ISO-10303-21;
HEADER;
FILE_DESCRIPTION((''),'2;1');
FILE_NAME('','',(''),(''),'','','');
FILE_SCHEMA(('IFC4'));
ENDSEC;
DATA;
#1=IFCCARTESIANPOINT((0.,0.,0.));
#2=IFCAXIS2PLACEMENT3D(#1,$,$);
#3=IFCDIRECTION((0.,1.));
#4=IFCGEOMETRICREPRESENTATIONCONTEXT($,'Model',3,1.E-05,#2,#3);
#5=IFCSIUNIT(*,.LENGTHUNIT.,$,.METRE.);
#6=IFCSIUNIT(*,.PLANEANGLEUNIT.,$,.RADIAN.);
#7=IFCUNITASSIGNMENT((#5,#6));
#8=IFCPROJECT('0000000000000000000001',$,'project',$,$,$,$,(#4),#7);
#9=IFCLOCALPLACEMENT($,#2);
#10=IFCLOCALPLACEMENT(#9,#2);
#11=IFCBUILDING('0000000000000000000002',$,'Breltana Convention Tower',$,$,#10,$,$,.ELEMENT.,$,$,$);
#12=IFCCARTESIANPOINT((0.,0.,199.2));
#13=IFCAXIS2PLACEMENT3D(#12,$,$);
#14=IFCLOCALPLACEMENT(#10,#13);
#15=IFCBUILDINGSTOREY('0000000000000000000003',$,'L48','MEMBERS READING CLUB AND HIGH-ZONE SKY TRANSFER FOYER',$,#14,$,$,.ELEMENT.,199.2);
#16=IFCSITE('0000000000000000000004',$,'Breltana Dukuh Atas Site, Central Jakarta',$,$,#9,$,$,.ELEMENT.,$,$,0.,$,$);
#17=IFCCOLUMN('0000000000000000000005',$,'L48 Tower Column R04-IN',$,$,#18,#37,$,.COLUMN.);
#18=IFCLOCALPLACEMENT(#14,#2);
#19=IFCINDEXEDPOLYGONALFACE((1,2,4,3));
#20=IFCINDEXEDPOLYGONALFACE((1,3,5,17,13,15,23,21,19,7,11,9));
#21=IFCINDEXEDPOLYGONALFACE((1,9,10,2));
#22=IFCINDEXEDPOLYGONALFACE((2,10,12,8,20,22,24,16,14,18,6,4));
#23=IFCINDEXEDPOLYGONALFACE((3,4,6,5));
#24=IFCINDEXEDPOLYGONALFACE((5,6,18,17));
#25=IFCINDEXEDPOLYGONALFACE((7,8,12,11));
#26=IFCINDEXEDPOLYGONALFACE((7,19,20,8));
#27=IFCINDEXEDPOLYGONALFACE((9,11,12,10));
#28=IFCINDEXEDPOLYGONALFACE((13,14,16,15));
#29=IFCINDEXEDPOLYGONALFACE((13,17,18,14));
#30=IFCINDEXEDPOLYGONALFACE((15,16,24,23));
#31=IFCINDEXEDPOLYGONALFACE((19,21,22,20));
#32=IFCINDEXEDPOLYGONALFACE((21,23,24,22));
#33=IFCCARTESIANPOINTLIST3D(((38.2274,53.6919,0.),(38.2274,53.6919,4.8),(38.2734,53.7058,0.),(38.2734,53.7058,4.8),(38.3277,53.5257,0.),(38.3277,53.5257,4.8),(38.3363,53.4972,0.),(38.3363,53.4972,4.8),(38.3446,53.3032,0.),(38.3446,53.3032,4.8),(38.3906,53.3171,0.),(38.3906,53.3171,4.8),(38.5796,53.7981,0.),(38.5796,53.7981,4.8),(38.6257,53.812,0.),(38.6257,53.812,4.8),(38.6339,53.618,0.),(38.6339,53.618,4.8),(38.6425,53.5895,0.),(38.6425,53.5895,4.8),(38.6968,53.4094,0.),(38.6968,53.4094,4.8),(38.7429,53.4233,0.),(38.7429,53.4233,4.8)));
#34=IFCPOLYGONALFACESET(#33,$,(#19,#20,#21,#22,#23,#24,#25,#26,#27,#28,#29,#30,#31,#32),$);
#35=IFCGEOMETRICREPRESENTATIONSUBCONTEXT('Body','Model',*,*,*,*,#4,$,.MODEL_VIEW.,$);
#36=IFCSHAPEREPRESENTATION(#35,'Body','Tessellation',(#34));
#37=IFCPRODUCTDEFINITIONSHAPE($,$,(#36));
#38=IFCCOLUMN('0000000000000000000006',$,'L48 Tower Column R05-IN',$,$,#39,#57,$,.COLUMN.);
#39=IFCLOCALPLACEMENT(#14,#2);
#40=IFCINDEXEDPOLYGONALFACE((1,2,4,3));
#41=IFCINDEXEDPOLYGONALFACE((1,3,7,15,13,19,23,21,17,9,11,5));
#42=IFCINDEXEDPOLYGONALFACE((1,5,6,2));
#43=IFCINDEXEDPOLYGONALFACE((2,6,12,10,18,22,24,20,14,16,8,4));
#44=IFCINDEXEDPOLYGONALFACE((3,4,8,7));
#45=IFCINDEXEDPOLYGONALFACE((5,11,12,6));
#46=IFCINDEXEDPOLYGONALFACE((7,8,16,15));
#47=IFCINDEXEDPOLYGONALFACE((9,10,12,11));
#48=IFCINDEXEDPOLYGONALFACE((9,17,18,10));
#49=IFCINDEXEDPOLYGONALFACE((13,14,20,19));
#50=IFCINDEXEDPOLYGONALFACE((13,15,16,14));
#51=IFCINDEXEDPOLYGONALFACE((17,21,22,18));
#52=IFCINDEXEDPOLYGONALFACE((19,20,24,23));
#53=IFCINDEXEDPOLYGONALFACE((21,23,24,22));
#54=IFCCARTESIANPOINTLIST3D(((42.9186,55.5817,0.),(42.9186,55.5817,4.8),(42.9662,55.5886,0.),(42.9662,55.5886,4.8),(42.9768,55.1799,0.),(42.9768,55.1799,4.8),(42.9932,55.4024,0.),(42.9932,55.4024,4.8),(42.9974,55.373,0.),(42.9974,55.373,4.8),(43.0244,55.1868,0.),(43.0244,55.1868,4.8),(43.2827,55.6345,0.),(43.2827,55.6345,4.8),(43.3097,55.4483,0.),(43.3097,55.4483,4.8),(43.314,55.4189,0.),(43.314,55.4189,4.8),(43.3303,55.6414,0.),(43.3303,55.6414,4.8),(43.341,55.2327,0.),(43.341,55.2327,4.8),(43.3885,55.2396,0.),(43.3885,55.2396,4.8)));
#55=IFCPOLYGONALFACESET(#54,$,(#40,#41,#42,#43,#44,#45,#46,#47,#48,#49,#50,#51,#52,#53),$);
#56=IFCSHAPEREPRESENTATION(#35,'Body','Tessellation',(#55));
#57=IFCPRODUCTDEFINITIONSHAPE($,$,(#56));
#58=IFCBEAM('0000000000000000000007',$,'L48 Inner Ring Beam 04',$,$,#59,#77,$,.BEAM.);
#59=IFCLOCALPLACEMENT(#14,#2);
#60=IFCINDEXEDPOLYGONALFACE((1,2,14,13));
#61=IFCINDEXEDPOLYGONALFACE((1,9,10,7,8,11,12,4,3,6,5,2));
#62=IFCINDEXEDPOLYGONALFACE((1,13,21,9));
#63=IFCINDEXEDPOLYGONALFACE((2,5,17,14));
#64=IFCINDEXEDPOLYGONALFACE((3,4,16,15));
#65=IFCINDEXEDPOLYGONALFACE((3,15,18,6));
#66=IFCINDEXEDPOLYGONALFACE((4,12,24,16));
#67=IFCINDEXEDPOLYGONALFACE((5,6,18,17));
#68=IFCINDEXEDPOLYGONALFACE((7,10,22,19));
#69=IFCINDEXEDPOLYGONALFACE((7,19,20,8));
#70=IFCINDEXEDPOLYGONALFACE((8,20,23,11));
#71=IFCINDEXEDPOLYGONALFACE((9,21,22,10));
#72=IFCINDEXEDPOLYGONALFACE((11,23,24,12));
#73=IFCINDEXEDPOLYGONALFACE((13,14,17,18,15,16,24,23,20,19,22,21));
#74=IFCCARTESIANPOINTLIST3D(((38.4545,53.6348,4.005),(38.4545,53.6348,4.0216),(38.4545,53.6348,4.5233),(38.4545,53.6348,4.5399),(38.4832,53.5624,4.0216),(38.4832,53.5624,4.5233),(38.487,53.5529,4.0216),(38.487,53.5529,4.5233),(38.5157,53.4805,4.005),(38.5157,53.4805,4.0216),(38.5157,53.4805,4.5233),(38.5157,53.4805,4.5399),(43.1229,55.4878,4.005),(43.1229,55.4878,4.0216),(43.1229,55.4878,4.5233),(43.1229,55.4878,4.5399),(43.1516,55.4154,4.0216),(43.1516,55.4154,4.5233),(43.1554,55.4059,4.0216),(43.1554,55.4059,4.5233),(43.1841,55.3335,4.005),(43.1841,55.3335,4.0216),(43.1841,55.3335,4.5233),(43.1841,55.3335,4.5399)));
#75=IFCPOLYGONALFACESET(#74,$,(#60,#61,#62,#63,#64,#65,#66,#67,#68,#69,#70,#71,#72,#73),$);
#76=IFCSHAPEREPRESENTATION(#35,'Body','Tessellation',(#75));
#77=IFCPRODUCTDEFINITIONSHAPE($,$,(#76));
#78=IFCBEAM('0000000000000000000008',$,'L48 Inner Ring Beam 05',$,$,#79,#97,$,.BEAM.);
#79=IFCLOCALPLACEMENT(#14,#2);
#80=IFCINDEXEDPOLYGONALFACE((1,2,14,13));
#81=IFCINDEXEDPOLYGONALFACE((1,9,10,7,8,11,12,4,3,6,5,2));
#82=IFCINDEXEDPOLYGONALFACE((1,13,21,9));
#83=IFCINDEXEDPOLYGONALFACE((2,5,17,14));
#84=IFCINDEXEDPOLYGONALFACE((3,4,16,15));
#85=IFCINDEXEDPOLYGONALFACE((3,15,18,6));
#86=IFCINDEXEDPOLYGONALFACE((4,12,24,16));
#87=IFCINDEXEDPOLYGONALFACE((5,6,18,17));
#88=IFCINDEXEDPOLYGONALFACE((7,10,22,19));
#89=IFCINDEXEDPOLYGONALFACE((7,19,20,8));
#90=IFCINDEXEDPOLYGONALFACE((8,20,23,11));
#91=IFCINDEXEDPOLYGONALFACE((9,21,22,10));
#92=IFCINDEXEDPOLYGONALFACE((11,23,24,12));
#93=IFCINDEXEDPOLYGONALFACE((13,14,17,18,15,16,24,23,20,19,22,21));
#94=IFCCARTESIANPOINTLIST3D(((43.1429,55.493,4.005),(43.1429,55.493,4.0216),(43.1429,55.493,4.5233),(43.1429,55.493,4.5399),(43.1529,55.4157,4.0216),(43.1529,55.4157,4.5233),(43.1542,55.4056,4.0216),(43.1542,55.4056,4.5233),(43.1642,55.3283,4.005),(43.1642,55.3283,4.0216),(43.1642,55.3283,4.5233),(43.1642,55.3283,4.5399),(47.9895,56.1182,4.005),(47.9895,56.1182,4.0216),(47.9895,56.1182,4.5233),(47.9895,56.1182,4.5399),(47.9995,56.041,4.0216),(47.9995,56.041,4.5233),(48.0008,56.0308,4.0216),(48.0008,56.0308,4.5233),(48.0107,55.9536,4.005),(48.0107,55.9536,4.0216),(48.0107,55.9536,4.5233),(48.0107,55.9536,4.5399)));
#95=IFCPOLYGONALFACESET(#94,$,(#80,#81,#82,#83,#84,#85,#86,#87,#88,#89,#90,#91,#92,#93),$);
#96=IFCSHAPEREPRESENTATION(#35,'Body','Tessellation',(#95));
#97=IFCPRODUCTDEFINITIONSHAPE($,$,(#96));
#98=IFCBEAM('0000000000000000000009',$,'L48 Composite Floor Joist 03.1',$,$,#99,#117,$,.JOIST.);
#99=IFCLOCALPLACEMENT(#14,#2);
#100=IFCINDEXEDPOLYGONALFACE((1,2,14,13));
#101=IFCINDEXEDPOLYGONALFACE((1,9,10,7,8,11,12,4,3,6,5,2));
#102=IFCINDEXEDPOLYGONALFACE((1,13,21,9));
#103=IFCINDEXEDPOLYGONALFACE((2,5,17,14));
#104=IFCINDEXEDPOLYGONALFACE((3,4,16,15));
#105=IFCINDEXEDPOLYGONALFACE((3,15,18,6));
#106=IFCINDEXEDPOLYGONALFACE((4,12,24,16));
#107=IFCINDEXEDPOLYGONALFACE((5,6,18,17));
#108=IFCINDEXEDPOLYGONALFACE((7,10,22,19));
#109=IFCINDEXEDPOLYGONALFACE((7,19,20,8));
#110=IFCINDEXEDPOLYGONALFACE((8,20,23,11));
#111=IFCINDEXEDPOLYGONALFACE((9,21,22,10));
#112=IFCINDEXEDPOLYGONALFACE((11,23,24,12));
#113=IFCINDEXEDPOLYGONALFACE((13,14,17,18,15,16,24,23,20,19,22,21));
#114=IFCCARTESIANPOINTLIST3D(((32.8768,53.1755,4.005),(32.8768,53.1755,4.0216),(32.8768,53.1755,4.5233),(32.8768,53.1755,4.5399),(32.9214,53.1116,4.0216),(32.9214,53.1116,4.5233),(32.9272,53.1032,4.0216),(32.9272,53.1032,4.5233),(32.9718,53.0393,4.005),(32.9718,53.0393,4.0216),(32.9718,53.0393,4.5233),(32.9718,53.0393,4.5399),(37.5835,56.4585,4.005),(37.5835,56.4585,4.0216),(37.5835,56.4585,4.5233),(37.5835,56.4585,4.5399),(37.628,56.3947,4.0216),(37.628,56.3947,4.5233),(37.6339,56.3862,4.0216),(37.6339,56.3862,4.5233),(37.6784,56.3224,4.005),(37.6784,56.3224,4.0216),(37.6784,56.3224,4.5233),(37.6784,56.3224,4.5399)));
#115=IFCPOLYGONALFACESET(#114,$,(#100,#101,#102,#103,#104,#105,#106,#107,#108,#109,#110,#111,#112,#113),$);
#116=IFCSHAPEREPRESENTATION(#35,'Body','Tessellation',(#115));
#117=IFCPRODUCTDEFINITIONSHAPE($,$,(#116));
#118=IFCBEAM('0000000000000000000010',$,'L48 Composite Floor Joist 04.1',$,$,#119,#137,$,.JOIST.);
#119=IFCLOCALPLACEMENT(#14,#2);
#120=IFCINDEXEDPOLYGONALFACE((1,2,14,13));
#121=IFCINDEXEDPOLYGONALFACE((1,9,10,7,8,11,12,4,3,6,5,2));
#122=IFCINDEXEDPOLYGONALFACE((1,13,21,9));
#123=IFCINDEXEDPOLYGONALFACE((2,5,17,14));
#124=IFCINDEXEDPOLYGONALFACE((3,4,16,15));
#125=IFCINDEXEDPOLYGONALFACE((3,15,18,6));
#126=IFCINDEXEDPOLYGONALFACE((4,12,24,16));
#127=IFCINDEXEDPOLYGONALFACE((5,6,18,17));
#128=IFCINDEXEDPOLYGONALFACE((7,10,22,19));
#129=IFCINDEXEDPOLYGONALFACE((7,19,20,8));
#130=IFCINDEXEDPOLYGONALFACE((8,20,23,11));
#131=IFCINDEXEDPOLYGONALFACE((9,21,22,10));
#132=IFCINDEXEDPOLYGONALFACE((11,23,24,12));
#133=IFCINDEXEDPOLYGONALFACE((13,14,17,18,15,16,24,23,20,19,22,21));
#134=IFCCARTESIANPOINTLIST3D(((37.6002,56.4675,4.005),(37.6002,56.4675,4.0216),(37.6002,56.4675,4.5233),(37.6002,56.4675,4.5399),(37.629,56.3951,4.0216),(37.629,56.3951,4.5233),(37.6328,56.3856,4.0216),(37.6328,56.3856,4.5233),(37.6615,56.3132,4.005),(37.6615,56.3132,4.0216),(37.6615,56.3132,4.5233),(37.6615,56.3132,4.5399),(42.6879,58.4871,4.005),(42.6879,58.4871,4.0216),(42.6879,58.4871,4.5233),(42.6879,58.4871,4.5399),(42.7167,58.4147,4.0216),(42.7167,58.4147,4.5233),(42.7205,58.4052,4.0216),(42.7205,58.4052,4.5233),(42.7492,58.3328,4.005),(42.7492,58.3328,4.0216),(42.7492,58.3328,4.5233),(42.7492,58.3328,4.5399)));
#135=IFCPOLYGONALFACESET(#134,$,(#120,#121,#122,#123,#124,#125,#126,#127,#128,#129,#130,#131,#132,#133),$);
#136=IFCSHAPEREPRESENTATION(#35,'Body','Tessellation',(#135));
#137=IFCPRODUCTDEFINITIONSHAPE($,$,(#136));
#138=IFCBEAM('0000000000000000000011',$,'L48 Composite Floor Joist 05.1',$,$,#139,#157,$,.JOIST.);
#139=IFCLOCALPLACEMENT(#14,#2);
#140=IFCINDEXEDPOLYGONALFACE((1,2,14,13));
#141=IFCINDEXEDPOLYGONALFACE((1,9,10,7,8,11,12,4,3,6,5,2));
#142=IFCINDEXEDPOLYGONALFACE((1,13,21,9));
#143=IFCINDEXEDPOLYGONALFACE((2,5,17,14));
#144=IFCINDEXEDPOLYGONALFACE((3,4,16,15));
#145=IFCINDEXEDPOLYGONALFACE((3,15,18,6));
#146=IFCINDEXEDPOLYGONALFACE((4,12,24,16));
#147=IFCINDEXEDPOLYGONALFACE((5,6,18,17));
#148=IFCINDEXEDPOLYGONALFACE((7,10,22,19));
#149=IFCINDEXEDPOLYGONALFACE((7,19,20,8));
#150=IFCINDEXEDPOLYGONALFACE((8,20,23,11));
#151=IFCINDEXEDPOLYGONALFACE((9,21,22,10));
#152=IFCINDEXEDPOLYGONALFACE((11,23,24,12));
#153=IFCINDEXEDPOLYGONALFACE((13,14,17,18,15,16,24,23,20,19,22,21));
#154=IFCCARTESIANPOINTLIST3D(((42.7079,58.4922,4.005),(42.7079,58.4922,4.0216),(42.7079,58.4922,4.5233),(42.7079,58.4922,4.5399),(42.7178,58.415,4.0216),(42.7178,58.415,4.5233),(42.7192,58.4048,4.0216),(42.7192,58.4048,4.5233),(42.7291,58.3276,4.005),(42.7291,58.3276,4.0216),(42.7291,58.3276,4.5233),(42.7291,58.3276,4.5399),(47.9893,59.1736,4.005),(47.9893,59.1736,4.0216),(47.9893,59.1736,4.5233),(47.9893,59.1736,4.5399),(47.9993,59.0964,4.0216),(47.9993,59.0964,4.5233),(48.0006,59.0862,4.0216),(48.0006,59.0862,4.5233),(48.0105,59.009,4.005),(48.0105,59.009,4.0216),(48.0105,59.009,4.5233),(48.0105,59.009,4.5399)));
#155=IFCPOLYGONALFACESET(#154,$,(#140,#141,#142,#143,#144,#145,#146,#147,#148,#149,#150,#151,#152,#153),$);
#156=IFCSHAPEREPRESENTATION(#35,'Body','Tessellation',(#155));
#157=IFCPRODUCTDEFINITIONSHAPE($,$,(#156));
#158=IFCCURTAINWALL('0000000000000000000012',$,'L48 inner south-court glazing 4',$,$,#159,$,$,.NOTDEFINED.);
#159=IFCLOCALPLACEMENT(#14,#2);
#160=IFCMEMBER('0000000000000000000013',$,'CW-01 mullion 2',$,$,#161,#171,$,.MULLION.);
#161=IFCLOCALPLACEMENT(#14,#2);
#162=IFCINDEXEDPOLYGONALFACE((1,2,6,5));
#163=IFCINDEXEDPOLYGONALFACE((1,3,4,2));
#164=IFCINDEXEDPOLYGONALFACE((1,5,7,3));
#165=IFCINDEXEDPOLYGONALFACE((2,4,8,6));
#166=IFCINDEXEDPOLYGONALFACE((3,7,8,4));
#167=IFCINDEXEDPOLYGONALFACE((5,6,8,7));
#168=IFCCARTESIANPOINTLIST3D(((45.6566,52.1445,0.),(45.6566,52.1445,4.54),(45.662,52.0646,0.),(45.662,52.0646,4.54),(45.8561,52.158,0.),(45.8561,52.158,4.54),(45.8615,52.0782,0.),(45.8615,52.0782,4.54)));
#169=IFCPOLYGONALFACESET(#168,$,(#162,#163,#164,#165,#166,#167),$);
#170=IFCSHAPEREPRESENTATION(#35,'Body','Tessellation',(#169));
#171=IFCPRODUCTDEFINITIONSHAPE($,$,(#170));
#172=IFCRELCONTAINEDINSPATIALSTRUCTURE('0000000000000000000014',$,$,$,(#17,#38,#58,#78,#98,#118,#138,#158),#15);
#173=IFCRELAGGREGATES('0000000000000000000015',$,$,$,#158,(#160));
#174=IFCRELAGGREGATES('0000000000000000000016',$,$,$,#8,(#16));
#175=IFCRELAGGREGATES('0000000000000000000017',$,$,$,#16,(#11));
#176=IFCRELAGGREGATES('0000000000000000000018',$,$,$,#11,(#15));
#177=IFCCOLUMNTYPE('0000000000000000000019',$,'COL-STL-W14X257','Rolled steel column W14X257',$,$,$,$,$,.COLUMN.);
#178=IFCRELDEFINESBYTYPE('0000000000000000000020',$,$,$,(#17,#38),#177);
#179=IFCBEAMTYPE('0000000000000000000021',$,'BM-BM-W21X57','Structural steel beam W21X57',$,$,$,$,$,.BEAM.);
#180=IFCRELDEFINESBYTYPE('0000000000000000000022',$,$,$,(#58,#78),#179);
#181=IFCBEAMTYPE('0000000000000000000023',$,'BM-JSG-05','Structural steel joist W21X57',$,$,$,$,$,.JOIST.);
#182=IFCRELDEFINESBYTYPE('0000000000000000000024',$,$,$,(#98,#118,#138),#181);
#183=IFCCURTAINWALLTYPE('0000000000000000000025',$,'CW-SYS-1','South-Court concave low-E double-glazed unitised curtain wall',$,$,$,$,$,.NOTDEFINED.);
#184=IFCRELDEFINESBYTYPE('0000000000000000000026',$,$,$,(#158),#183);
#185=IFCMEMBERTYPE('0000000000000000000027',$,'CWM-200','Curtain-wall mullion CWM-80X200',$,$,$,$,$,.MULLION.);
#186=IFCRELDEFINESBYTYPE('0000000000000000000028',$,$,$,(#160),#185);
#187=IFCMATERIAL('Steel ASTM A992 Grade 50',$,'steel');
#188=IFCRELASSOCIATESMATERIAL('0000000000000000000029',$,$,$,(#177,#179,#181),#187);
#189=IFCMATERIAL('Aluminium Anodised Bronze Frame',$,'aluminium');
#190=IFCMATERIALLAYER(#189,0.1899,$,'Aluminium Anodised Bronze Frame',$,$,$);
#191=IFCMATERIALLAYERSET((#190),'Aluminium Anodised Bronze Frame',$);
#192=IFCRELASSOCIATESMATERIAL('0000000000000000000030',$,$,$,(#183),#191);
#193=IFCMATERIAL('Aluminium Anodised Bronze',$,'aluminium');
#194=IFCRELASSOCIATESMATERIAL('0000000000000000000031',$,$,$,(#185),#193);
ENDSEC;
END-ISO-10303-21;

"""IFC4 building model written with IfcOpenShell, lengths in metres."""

from ifc_helpers import new_model, si_unit, direction, frame, origin, origin_2d, place, context, subcontext, project, spatial, rectangle, i_section, extrude, source, transform, mapped, material, layer, layer_set, material_profile, profile_set, type_object, type_shapes, element, aggregate, save


model = new_model("IFC4")

# Units and contexts
model_context = context("Model", 3, precision=1e-05, world=origin(), true_north=direction((0.0, 1.0)))
body_context = subcontext(model_context, "Body", "Model", "MODEL_VIEW")
ifc_project = project(units=[si_unit("LENGTHUNIT", "METRE"), si_unit("PLANEANGLEUNIT", "RADIAN")], contexts=[model_context])

# Site, building, storey
site_placement = place(None, origin())
site = spatial("IfcSite", under=ifc_project, at=site_placement, Name="Breltana Dukuh Atas Site, Central Jakarta", CompositionType="ELEMENT", RefElevation=0.0)
building_placement = place(site_placement, origin())
building = spatial("IfcBuilding", under=site, at=building_placement, Name="Breltana Convention Tower", CompositionType="ELEMENT")
storey_placement = place(building_placement, frame((0.0, 0.0, 199.2)))
storey = spatial("IfcBuildingStorey", under=building, at=storey_placement, Name="L48", Description="MEMBERS READING CLUB AND HIGH-ZONE SKY TRANSFER FOYER", CompositionType="ELEMENT", Elevation=199.2)

# Columns
ifc_material_1 = material(Name="Steel ASTM A992 Grade 50", Category="steel")
ifc_material_profile_1 = material_profile(ifc_material_1, i_section(OverallWidth=0.406, OverallDepth=0.416, WebThickness=0.0298, FlangeThickness=0.0481, at=origin_2d()), Name="W14X257")
ifc_profile_set_1 = profile_set([ifc_material_profile_1], Name="Steel ASTM A992 Grade 50")
column_type = type_object("IfcColumnType", Name="COL-STL-W14X257", Description="Rolled steel column W14X257", PredefinedType="COLUMN", material=ifc_profile_set_1)
shared_shape_1 = source(origin(), body_context, "Body", "SweptSolid", [
    extrude(i_section(OverallWidth=0.406, OverallDepth=0.416, WebThickness=0.0298, FlangeThickness=0.0481, at=origin_2d()), origin(), (0.0, 0.0, 1.0), 4.8),
])
type_shapes(column_type, [shared_shape_1])
for number, where, z_axis, x_axis, name in (
    (1, (38.4851, 53.5576, 0.0), (0.0, 0.0, 1.0), (-0.288698, 0.95742, 0.0), "L48 Tower Column R04-IN"),
    (2, (43.1536, 55.4106, 0.0), (0.0, 0.0, 1.0), (-0.143493, 0.989651, 0.0), "L48 Tower Column R05-IN"),
):
    element("IfcColumn", number, at=place(storey_placement, frame(where, z_axis=z_axis, x_axis=x_axis)), inside=storey, type_object=column_type, Name=name, PredefinedType="COLUMN", context=body_context, shape_type="MappedRepresentation", body=[
        mapped(shared_shape_1, transform((0.0, 0.0, 0.0), scale=1.0)),
    ])

# Beams
ifc_material_profile_2 = material_profile(ifc_material_1, i_section(OverallWidth=0.166, OverallDepth=0.5349, WebThickness=0.0103, FlangeThickness=0.0166, at=origin_2d()), Name="W21X57")
ifc_profile_set_2 = profile_set([ifc_material_profile_2], Name="Steel ASTM A992 Grade 50")
beam_type_1 = type_object("IfcBeamType", Name="BM-BM-W21X57", Description="Structural steel beam W21X57", PredefinedType="BEAM", material=ifc_profile_set_2)
shared_shape_2 = source(origin(), body_context, "Body", "SweptSolid", [
    extrude(i_section(OverallWidth=0.166, OverallDepth=0.5349, WebThickness=0.0103, FlangeThickness=0.0166, at=origin_2d()), origin(), (0.0, 0.0, 1.0), 5.0227),
])
beam_1_placement = place(storey_placement, frame((38.4851, 53.5576, 4.2725), z_axis=(0.929459, 0.368926, 0.0), x_axis=(-0.368926, 0.929459, 0.0)))
element("IfcBeam", 3, at=beam_1_placement, inside=storey, type_object=beam_type_1, Name="L48 Inner Ring Beam 04", PredefinedType="BEAM", context=body_context, shape_type="MappedRepresentation", body=[
    mapped(shared_shape_2, transform((0.0, 0.0, 0.0), scale=1.0)),
])
shared_shape_3 = source(origin(), body_context, "Body", "SweptSolid", [
    extrude(i_section(OverallWidth=0.166, OverallDepth=0.5349, WebThickness=0.0103, FlangeThickness=0.0166, at=origin_2d()), origin(), (0.0, 0.0, 1.0), 4.8867),
])
beam_2_placement = place(storey_placement, frame((43.1536, 55.4106, 4.2725), z_axis=(0.991781, 0.127951, 0.0), x_axis=(-0.127951, 0.991781, 0.0)))
element("IfcBeam", 4, at=beam_2_placement, inside=storey, type_object=beam_type_1, Name="L48 Inner Ring Beam 05", PredefinedType="BEAM", context=body_context, shape_type="MappedRepresentation", body=[
    mapped(shared_shape_3, transform((0.0, 0.0, 0.0), scale=1.0)),
])
ifc_material_profile_3 = material_profile(ifc_material_1, i_section(OverallWidth=0.166, OverallDepth=0.5349, WebThickness=0.0103, FlangeThickness=0.0166, at=origin_2d()), Name="W21X57")
ifc_profile_set_3 = profile_set([ifc_material_profile_3], Name="Steel ASTM A992 Grade 50")
beam_type_2 = type_object("IfcBeamType", Name="BM-JSG-05", Description="Structural steel joist W21X57", PredefinedType="JOIST", material=ifc_profile_set_3)
shared_shape_4 = source(origin(), body_context, "Body", "SweptSolid", [
    extrude(i_section(OverallWidth=0.166, OverallDepth=0.5349, WebThickness=0.0103, FlangeThickness=0.0166, at=origin_2d()), origin(), (0.0, 0.0, 1.0), 5.7385),
])
beam_3_placement = place(storey_placement, frame((32.9243, 53.1074, 4.2725), z_axis=(0.820182, 0.572102, 0.0), x_axis=(-0.572102, 0.820182, 0.0)))
element("IfcBeam", 5, at=beam_3_placement, inside=storey, type_object=beam_type_2, Name="L48 Composite Floor Joist 03.1", PredefinedType="JOIST", context=body_context, shape_type="MappedRepresentation", body=[
    mapped(shared_shape_4, transform((0.0, 0.0, 0.0), scale=1.0)),
])
shared_shape_5 = source(origin(), body_context, "Body", "SweptSolid", [
    extrude(i_section(OverallWidth=0.166, OverallDepth=0.5349, WebThickness=0.0103, FlangeThickness=0.0166, at=origin_2d()), origin(), (0.0, 0.0, 1.0), 5.4739),
])
beam_4_placement = place(storey_placement, frame((37.6309, 56.3904, 4.2725), z_axis=(0.929452, 0.368944, 0.0), x_axis=(-0.368944, 0.929452, 0.0)))
element("IfcBeam", 6, at=beam_4_placement, inside=storey, type_object=beam_type_2, Name="L48 Composite Floor Joist 04.1", PredefinedType="JOIST", context=body_context, shape_type="MappedRepresentation", body=[
    mapped(shared_shape_5, transform((0.0, 0.0, 0.0), scale=1.0)),
])
shared_shape_6 = source(origin(), body_context, "Body", "SweptSolid", [
    extrude(i_section(OverallWidth=0.166, OverallDepth=0.5349, WebThickness=0.0103, FlangeThickness=0.0166, at=origin_2d()), origin(), (0.0, 0.0, 1.0), 5.3252),
])
beam_5_placement = place(storey_placement, frame((42.7185, 58.4099, 4.2725), z_axis=(0.99178, 0.127955, 0.0), x_axis=(-0.127955, 0.99178, 0.0)))
element("IfcBeam", 7, at=beam_5_placement, inside=storey, type_object=beam_type_2, Name="L48 Composite Floor Joist 05.1", PredefinedType="JOIST", context=body_context, shape_type="MappedRepresentation", body=[
    mapped(shared_shape_6, transform((0.0, 0.0, 0.0), scale=1.0)),
])

# Curtain wall, member
ifc_material_2 = material(Name="Aluminium Anodised Bronze Frame", Category="aluminium")
ifc_layer_1 = layer(ifc_material_2, 0.1899, Name="Aluminium Anodised Bronze Frame")
ifc_layer_set_1 = layer_set([ifc_layer_1], Name="Aluminium Anodised Bronze Frame")
curtain_wall_type = type_object("IfcCurtainWallType", Name="CW-SYS-1", Description="South-Court concave low-E double-glazed unitised curtain wall", PredefinedType="NOTDEFINED", material=ifc_layer_set_1)
curtain_wall_placement = place(storey_placement, origin())
curtain_wall = element("IfcCurtainWall", 8, at=curtain_wall_placement, inside=storey, type_object=curtain_wall_type, Name="L48 inner south-court glazing 4", PredefinedType="NOTDEFINED")
ifc_material_3 = material(Name="Aluminium Anodised Bronze", Category="aluminium")
ifc_material_profile_4 = material_profile(ifc_material_3, rectangle(XDim=0.0801, YDim=0.2, at=origin_2d()), Name="CWM-80X200")
ifc_profile_set_4 = profile_set([ifc_material_profile_4], Name="Aluminium Anodised Bronze")
member_type = type_object("IfcMemberType", Name="CWM-200", Description="Curtain-wall mullion CWM-80X200", PredefinedType="MULLION", material=ifc_profile_set_4)
shared_shape_7 = source(origin(), body_context, "Body", "SweptSolid", [
    extrude(rectangle(XDim=0.0801, YDim=0.2, at=origin_2d()), origin(), (0.0, 0.0, 1.0), 4.54),
])
member_placement = place(storey_placement, frame((45.759, 52.1113, 0.0), z_axis=(0.0, 0.0, 1.0), x_axis=(0.067724, -0.997704, 0.0)))
member = element("IfcMember", 9, at=member_placement, type_object=member_type, Name="CW-01 mullion 2", PredefinedType="MULLION", context=body_context, shape_type="MappedRepresentation", body=[
    mapped(shared_shape_7, transform((0.0, 0.0, 0.0), scale=1.0)),
])
aggregate(curtain_wall, [member])

save(model, "model.ifc")
